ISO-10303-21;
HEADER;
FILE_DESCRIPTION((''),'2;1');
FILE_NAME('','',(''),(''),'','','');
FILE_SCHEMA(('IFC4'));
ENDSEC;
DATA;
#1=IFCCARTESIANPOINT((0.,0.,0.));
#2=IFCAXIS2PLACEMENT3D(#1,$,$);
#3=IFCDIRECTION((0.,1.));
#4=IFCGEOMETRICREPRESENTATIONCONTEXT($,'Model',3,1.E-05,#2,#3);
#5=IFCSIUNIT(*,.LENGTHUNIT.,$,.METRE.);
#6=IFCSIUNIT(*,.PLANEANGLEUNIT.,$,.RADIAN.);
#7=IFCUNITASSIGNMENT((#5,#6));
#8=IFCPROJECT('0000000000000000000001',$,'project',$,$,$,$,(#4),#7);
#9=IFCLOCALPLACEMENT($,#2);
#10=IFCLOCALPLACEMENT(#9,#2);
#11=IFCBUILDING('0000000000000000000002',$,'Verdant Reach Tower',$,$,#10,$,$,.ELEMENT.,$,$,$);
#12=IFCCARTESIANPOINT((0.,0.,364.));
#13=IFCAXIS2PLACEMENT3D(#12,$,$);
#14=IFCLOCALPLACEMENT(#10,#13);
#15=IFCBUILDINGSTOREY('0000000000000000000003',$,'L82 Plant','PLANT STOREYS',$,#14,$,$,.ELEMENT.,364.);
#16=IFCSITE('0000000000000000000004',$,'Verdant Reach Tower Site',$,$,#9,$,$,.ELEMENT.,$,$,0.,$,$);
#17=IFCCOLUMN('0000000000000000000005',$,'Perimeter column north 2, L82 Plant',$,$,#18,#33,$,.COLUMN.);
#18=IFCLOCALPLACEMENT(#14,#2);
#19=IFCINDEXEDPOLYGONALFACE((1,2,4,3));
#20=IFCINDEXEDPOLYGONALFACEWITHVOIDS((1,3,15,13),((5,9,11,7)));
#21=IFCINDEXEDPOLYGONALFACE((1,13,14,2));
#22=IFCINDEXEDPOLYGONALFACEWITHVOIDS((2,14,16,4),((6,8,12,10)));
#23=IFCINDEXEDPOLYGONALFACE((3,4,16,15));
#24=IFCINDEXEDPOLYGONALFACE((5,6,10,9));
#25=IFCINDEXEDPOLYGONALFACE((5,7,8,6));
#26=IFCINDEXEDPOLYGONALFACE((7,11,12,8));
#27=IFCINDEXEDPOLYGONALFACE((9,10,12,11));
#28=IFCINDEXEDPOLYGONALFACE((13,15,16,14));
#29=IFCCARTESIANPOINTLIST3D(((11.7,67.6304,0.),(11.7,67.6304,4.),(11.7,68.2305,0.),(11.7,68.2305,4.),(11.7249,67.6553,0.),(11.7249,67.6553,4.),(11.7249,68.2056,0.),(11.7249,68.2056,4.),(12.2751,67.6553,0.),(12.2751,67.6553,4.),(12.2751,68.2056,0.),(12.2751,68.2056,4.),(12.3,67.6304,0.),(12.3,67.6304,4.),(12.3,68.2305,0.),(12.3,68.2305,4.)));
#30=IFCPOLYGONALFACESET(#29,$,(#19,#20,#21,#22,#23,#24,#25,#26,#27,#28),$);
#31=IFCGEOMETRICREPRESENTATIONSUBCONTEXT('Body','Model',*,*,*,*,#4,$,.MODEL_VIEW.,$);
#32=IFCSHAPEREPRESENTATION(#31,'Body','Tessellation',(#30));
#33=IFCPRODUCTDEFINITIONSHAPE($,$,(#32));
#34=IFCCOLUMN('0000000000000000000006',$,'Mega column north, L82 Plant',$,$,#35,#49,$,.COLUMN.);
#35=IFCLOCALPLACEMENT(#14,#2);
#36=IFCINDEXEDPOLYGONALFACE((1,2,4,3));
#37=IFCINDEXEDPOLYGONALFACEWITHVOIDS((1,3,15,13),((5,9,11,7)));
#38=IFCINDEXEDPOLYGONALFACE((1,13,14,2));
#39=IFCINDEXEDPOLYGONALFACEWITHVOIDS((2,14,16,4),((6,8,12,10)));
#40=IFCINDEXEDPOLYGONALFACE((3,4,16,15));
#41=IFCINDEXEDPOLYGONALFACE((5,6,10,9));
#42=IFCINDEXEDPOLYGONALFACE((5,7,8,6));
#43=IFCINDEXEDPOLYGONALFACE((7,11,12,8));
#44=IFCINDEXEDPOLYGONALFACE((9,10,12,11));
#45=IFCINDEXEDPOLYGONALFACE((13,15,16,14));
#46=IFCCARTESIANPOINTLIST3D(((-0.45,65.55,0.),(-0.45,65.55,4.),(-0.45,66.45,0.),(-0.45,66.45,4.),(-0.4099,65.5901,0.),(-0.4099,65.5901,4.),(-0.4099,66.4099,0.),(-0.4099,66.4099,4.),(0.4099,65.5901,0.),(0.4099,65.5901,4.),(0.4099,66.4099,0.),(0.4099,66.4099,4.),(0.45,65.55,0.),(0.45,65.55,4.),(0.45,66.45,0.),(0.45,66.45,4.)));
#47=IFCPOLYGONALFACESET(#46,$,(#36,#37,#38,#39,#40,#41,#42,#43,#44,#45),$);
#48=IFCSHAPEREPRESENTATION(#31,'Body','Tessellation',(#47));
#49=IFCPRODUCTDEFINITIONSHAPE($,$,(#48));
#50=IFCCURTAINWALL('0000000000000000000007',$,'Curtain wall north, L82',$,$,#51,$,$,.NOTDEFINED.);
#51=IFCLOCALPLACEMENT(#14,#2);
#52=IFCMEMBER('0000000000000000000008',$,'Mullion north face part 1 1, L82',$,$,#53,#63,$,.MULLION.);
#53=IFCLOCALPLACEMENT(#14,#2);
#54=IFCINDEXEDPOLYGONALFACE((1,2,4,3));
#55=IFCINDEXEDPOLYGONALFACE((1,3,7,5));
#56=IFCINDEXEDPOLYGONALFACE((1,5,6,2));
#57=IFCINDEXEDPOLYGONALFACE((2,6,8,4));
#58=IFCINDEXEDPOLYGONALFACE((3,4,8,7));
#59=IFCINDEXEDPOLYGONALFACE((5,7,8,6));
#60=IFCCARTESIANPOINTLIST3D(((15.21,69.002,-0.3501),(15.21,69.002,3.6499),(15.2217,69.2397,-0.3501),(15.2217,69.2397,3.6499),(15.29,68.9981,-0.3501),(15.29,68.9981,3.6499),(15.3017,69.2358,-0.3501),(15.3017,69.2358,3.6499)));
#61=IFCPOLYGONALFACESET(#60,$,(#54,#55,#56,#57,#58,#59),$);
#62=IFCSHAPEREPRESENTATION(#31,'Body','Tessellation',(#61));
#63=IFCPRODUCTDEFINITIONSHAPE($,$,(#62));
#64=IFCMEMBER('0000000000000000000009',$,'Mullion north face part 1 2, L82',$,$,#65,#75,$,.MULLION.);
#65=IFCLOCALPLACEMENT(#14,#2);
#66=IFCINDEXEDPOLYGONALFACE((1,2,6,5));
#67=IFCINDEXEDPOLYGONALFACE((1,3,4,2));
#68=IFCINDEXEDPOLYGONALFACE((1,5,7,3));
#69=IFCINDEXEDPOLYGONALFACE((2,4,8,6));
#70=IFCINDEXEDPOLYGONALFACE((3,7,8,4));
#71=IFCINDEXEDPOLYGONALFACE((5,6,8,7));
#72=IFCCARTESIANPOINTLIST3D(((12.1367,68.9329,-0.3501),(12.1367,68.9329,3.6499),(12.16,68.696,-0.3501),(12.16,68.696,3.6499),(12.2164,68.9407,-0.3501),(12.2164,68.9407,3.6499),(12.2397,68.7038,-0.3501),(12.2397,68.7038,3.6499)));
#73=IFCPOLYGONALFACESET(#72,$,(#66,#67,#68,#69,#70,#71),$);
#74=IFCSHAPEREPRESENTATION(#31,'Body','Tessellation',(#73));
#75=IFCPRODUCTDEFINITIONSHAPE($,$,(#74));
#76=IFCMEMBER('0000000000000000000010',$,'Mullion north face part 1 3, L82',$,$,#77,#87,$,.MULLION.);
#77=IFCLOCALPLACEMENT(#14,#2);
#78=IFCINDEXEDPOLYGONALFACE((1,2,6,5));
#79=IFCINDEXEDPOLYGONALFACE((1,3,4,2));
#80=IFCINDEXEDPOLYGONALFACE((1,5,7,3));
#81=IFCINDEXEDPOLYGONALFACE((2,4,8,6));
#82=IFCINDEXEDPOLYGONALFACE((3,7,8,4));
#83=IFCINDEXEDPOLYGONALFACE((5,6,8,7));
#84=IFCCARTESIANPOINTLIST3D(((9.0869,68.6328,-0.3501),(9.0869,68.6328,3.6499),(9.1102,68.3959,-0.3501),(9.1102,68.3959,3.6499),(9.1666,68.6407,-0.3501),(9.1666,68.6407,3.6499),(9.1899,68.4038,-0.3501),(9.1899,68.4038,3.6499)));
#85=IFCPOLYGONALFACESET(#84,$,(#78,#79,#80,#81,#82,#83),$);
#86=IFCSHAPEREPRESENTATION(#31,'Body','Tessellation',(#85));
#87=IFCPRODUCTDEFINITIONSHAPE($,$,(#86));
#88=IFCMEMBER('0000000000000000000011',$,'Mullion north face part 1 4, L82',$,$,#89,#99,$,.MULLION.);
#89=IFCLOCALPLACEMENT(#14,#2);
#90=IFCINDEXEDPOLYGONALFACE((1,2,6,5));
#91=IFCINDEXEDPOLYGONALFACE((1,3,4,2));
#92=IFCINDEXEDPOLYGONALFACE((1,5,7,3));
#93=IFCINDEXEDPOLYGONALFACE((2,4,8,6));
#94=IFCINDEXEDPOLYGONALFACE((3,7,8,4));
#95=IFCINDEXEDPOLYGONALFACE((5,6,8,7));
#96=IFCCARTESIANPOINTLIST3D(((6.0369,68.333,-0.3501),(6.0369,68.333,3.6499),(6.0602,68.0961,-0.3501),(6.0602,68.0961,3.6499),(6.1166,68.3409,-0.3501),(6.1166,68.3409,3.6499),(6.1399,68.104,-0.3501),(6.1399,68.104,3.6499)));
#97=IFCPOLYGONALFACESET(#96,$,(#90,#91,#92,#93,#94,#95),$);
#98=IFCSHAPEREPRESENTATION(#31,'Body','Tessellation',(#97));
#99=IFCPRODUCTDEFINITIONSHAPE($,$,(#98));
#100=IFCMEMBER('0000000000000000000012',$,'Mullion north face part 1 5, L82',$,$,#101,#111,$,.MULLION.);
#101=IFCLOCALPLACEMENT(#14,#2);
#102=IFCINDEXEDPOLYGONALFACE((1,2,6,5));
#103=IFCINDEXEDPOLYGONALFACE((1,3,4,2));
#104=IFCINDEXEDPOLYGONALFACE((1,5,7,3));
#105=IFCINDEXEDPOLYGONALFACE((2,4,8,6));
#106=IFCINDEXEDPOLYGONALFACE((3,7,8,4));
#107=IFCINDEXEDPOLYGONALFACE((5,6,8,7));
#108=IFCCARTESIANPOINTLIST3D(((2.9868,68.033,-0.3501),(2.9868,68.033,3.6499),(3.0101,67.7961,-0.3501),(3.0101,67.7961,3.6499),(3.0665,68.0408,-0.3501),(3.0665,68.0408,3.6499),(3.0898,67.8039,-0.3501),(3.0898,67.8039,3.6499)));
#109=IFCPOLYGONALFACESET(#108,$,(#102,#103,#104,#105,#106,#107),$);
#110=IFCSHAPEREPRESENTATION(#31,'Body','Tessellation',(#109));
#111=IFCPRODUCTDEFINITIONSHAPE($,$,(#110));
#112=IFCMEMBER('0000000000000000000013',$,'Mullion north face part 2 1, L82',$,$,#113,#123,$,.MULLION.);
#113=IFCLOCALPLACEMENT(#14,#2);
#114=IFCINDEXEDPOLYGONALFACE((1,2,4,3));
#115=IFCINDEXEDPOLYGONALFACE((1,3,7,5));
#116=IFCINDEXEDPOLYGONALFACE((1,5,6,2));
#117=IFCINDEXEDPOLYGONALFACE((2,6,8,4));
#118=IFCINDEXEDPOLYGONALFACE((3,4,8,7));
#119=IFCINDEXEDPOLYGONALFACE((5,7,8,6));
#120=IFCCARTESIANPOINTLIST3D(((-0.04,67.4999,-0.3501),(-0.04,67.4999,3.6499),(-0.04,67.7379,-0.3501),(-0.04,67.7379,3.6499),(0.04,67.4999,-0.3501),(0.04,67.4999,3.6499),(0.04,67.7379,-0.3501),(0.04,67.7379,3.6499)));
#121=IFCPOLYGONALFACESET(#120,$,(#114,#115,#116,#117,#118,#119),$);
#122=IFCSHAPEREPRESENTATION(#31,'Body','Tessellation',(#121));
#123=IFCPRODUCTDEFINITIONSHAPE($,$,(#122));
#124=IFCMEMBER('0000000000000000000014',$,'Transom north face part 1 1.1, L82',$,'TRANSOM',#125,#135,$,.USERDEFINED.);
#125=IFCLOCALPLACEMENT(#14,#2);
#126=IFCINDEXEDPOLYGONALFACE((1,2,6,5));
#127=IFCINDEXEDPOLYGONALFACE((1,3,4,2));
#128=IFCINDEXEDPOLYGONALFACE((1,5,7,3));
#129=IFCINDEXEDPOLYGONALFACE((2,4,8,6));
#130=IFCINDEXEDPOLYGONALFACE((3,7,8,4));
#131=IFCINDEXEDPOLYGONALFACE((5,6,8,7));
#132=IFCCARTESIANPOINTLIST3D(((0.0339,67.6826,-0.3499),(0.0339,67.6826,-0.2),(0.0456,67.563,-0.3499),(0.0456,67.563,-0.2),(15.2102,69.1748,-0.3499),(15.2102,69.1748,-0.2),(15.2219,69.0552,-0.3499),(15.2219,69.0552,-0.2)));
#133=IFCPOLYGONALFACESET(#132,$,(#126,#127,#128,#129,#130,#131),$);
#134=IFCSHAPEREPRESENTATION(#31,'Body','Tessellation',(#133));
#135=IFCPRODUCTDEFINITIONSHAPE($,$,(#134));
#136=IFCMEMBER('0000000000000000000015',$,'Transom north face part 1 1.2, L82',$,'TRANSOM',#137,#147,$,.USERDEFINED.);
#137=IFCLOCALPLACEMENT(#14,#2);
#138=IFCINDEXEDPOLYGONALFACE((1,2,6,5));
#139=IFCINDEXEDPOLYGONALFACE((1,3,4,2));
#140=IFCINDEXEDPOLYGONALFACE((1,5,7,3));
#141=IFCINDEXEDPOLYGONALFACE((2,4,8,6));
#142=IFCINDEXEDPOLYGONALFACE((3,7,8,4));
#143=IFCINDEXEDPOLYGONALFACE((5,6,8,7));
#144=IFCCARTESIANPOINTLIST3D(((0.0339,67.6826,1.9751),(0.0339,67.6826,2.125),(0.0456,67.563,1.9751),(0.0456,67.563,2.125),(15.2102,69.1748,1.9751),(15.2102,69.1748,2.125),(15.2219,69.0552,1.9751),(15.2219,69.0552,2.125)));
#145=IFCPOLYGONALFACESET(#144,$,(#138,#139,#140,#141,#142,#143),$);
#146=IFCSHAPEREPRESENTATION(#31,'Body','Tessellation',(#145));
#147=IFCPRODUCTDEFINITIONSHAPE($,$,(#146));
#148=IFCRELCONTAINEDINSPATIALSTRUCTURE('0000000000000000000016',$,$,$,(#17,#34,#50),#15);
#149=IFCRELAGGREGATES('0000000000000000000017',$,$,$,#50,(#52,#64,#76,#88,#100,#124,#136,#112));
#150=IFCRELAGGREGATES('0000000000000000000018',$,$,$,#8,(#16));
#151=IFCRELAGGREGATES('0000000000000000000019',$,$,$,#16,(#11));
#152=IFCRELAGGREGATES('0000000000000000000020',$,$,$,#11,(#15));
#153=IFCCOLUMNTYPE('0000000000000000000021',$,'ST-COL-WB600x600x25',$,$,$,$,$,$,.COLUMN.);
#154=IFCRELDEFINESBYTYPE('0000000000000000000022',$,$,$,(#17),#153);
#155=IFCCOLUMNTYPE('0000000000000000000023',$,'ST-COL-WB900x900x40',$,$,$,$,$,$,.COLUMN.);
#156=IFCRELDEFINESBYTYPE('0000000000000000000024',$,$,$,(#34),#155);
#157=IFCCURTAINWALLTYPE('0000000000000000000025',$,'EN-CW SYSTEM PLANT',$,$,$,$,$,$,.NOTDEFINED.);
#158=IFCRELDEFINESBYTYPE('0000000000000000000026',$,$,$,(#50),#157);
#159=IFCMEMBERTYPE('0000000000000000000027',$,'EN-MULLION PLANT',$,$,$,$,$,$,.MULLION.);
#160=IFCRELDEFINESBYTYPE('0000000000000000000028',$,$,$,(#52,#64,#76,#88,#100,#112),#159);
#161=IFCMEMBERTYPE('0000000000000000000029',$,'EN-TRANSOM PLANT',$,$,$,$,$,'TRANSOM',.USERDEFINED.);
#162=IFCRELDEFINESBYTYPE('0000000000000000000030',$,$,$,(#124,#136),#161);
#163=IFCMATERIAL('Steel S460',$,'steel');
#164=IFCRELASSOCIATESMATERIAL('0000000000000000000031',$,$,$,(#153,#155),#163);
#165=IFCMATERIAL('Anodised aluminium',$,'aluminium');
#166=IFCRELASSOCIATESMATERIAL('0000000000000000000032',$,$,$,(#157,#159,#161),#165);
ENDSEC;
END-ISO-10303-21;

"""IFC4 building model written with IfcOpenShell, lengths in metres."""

from ifc_helpers import new_model, si_unit, direction, frame, origin, origin_2d, place, context, subcontext, project, spatial, rectangle, hollow_rectangle, extrude, material, material_profile, profile_set, type_object, element, aggregate, save


model = new_model("IFC4")

# Units and contexts
model_context = context("Model", 3, precision=1e-05, world=origin(), true_north=direction((0.0, 1.0)))
body_context = subcontext(model_context, "Body", "Model", "MODEL_VIEW")
ifc_project = project(units=[si_unit("LENGTHUNIT", "METRE"), si_unit("PLANEANGLEUNIT", "RADIAN")], contexts=[model_context])

# Site, building, storey
site_placement = place(None, origin())
site = spatial("IfcSite", under=ifc_project, at=site_placement, Name="Verdant Reach Tower Site", CompositionType="ELEMENT", RefElevation=0.0)
building_placement = place(site_placement, origin())
building = spatial("IfcBuilding", under=site, at=building_placement, Name="Verdant Reach Tower", CompositionType="ELEMENT")
storey_placement = place(building_placement, frame((0.0, 0.0, 364.0)))
storey = spatial("IfcBuildingStorey", under=building, at=storey_placement, Name="L82 Plant", Description="PLANT STOREYS", CompositionType="ELEMENT", Elevation=364.0)

# Columns
ifc_material_1 = material(Name="Steel S460", Category="steel")
ifc_material_profile_1 = material_profile(ifc_material_1, hollow_rectangle(XDim=0.6001, YDim=0.6001, WallThickness=0.0249, at=origin_2d()), Name="WB 600x600x25")
ifc_profile_set_1 = profile_set([ifc_material_profile_1], Name="Steel S460")
column_type_1 = type_object("IfcColumnType", Name="ST-COL-WB600x600x25", PredefinedType="COLUMN", material=ifc_profile_set_1)
column_1_placement = place(storey_placement, frame((12.0, 67.9304, 0.0), z_axis=(0.0, 0.0, 1.0), x_axis=(1.0, 0.0, 0.0)))
element("IfcColumn", 1, at=column_1_placement, inside=storey, type_object=column_type_1, Name="Perimeter column north 2, L82 Plant", PredefinedType="COLUMN", context=body_context, shape_type="SweptSolid", body=[
    extrude(hollow_rectangle(XDim=0.6001, YDim=0.6001, WallThickness=0.0249, at=origin_2d()), origin(), (0.0, 0.0, 1.0), 4.0),
])
ifc_material_profile_2 = material_profile(ifc_material_1, hollow_rectangle(XDim=0.8999, YDim=0.8999, WallThickness=0.04, at=origin_2d()), Name="WB 900x900x40")
ifc_profile_set_2 = profile_set([ifc_material_profile_2], Name="Steel S460")
column_type_2 = type_object("IfcColumnType", Name="ST-COL-WB900x900x40", PredefinedType="COLUMN", material=ifc_profile_set_2)
column_2_placement = place(storey_placement, frame((0.0, 66.0, 0.0), z_axis=(0.0, 0.0, 1.0), x_axis=(1.0, 0.0, 0.0)))
element("IfcColumn", 2, at=column_2_placement, inside=storey, type_object=column_type_2, Name="Mega column north, L82 Plant", PredefinedType="COLUMN", context=body_context, shape_type="SweptSolid", body=[
    extrude(hollow_rectangle(XDim=0.8999, YDim=0.8999, WallThickness=0.04, at=origin_2d()), origin(), (0.0, 0.0, 1.0), 4.0),
])

# Curtain wall, members
ifc_material_2 = material(Name="Anodised aluminium", Category="aluminium")
curtain_wall_type = type_object("IfcCurtainWallType", Name="EN-CW SYSTEM PLANT", PredefinedType="NOTDEFINED", material=ifc_material_2)
curtain_wall_1_placement = place(storey_placement, origin())
curtain_wall_1 = element("IfcCurtainWall", 3, at=curtain_wall_1_placement, inside=storey, type_object=curtain_wall_type, Name="Curtain wall north, L82", PredefinedType="NOTDEFINED")
ifc_material_profile_3 = material_profile(ifc_material_2, rectangle(XDim=0.238, YDim=0.0801, at=origin_2d()), Name="Mullion 80x240")
ifc_profile_set_3 = profile_set([ifc_material_profile_3], Name="Anodised aluminium")
member_type_1 = type_object("IfcMemberType", Name="EN-MULLION PLANT", PredefinedType="MULLION", material=ifc_profile_set_3)
member_1_placement = place(storey_placement, frame((15.2559, 69.1189, -0.3501), z_axis=(0.0, 0.0, 1.0), x_axis=(0.049128, 0.998793, 0.0)))
member_1 = element("IfcMember", 4, at=member_1_placement, type_object=member_type_1, Name="Mullion north face part 1 1, L82", PredefinedType="MULLION", context=body_context, shape_type="SweptSolid", body=[
    extrude(rectangle(XDim=0.238, YDim=0.0801, at=origin_2d()), origin(), (0.0, 0.0, 1.0), 4.0),
])
member_2_placement = place(storey_placement, frame((12.1882, 68.8184, -0.3501), z_axis=(0.0, 0.0, 1.0), x_axis=(-0.097888, 0.995197, 0.0)))
member_2 = element("IfcMember", 5, at=member_2_placement, type_object=member_type_1, Name="Mullion north face part 1 2, L82", PredefinedType="MULLION", context=body_context, shape_type="SweptSolid", body=[
    extrude(rectangle(XDim=0.238, YDim=0.0801, at=origin_2d()), origin(), (0.0, 0.0, 1.0), 4.0),
])
member_3_placement = place(storey_placement, frame((9.1384, 68.5183, -0.3501), z_axis=(0.0, 0.0, 1.0), x_axis=(-0.097888, 0.995197, 0.0)))
member_3 = element("IfcMember", 6, at=member_3_placement, type_object=member_type_1, Name="Mullion north face part 1 3, L82", PredefinedType="MULLION", context=body_context, shape_type="SweptSolid", body=[
    extrude(rectangle(XDim=0.238, YDim=0.0801, at=origin_2d()), origin(), (0.0, 0.0, 1.0), 4.0),
])
member_4_placement = place(storey_placement, frame((6.0884, 68.2185, -0.3501), z_axis=(0.0, 0.0, 1.0), x_axis=(-0.097888, 0.995197, 0.0)))
member_4 = element("IfcMember", 7, at=member_4_placement, type_object=member_type_1, Name="Mullion north face part 1 4, L82", PredefinedType="MULLION", context=body_context, shape_type="SweptSolid", body=[
    extrude(rectangle(XDim=0.238, YDim=0.0801, at=origin_2d()), origin(), (0.0, 0.0, 1.0), 4.0),
])
member_5_placement = place(storey_placement, frame((3.0383, 67.9185, -0.3501), z_axis=(0.0, 0.0, 1.0), x_axis=(-0.097888, 0.995197, 0.0)))
member_5 = element("IfcMember", 8, at=member_5_placement, type_object=member_type_1, Name="Mullion north face part 1 5, L82", PredefinedType="MULLION", context=body_context, shape_type="SweptSolid", body=[
    extrude(rectangle(XDim=0.238, YDim=0.0801, at=origin_2d()), origin(), (0.0, 0.0, 1.0), 4.0),
])
member_6_placement = place(storey_placement, frame((0.0, 67.6189, -0.3501), z_axis=(0.0, 0.0, 1.0), x_axis=(0.0, 1.0, 0.0)))
member_6 = element("IfcMember", 9, at=member_6_placement, type_object=member_type_1, Name="Mullion north face part 2 1, L82", PredefinedType="MULLION", context=body_context, shape_type="SweptSolid", body=[
    extrude(rectangle(XDim=0.238, YDim=0.0801, at=origin_2d()), origin(), (0.0, 0.0, 1.0), 4.0),
])
ifc_material_profile_4 = material_profile(ifc_material_2, rectangle(XDim=0.1201, YDim=0.1499, at=origin_2d()), Name="Transom 150x120")
ifc_profile_set_4 = profile_set([ifc_material_profile_4], Name="Anodised aluminium")
member_type_2 = type_object("IfcMemberType", Name="EN-TRANSOM PLANT", ElementType="TRANSOM", PredefinedType="USERDEFINED", material=ifc_profile_set_4)
member_7_placement = place(storey_placement, frame((15.2161, 69.115, -0.2749), z_axis=(-0.995201, -0.097852, 0.0), x_axis=(0.097852, -0.995201, 0.0)))
member_7 = element("IfcMember", 10, at=member_7_placement, type_object=member_type_2, Name="Transom north face part 1 1.1, L82", ObjectType="TRANSOM", PredefinedType="USERDEFINED", context=body_context, shape_type="SweptSolid", body=[
    extrude(rectangle(XDim=0.1201, YDim=0.1499, at=origin_2d()), origin(), (0.0, 0.0, 1.0), 15.2495),
])
member_8_placement = place(storey_placement, frame((15.2161, 69.115, 2.05), z_axis=(-0.995201, -0.097852, 0.0), x_axis=(0.097852, -0.995201, 0.0)))
member_8 = element("IfcMember", 11, at=member_8_placement, type_object=member_type_2, Name="Transom north face part 1 1.2, L82", ObjectType="TRANSOM", PredefinedType="USERDEFINED", context=body_context, shape_type="SweptSolid", body=[
    extrude(rectangle(XDim=0.1201, YDim=0.1499, at=origin_2d()), origin(), (0.0, 0.0, 1.0), 15.2495),
])

aggregate(curtain_wall_1, [member_1, member_2, member_3, member_4, member_5, member_7, member_8, member_6])

save(model, "model.ifc")
